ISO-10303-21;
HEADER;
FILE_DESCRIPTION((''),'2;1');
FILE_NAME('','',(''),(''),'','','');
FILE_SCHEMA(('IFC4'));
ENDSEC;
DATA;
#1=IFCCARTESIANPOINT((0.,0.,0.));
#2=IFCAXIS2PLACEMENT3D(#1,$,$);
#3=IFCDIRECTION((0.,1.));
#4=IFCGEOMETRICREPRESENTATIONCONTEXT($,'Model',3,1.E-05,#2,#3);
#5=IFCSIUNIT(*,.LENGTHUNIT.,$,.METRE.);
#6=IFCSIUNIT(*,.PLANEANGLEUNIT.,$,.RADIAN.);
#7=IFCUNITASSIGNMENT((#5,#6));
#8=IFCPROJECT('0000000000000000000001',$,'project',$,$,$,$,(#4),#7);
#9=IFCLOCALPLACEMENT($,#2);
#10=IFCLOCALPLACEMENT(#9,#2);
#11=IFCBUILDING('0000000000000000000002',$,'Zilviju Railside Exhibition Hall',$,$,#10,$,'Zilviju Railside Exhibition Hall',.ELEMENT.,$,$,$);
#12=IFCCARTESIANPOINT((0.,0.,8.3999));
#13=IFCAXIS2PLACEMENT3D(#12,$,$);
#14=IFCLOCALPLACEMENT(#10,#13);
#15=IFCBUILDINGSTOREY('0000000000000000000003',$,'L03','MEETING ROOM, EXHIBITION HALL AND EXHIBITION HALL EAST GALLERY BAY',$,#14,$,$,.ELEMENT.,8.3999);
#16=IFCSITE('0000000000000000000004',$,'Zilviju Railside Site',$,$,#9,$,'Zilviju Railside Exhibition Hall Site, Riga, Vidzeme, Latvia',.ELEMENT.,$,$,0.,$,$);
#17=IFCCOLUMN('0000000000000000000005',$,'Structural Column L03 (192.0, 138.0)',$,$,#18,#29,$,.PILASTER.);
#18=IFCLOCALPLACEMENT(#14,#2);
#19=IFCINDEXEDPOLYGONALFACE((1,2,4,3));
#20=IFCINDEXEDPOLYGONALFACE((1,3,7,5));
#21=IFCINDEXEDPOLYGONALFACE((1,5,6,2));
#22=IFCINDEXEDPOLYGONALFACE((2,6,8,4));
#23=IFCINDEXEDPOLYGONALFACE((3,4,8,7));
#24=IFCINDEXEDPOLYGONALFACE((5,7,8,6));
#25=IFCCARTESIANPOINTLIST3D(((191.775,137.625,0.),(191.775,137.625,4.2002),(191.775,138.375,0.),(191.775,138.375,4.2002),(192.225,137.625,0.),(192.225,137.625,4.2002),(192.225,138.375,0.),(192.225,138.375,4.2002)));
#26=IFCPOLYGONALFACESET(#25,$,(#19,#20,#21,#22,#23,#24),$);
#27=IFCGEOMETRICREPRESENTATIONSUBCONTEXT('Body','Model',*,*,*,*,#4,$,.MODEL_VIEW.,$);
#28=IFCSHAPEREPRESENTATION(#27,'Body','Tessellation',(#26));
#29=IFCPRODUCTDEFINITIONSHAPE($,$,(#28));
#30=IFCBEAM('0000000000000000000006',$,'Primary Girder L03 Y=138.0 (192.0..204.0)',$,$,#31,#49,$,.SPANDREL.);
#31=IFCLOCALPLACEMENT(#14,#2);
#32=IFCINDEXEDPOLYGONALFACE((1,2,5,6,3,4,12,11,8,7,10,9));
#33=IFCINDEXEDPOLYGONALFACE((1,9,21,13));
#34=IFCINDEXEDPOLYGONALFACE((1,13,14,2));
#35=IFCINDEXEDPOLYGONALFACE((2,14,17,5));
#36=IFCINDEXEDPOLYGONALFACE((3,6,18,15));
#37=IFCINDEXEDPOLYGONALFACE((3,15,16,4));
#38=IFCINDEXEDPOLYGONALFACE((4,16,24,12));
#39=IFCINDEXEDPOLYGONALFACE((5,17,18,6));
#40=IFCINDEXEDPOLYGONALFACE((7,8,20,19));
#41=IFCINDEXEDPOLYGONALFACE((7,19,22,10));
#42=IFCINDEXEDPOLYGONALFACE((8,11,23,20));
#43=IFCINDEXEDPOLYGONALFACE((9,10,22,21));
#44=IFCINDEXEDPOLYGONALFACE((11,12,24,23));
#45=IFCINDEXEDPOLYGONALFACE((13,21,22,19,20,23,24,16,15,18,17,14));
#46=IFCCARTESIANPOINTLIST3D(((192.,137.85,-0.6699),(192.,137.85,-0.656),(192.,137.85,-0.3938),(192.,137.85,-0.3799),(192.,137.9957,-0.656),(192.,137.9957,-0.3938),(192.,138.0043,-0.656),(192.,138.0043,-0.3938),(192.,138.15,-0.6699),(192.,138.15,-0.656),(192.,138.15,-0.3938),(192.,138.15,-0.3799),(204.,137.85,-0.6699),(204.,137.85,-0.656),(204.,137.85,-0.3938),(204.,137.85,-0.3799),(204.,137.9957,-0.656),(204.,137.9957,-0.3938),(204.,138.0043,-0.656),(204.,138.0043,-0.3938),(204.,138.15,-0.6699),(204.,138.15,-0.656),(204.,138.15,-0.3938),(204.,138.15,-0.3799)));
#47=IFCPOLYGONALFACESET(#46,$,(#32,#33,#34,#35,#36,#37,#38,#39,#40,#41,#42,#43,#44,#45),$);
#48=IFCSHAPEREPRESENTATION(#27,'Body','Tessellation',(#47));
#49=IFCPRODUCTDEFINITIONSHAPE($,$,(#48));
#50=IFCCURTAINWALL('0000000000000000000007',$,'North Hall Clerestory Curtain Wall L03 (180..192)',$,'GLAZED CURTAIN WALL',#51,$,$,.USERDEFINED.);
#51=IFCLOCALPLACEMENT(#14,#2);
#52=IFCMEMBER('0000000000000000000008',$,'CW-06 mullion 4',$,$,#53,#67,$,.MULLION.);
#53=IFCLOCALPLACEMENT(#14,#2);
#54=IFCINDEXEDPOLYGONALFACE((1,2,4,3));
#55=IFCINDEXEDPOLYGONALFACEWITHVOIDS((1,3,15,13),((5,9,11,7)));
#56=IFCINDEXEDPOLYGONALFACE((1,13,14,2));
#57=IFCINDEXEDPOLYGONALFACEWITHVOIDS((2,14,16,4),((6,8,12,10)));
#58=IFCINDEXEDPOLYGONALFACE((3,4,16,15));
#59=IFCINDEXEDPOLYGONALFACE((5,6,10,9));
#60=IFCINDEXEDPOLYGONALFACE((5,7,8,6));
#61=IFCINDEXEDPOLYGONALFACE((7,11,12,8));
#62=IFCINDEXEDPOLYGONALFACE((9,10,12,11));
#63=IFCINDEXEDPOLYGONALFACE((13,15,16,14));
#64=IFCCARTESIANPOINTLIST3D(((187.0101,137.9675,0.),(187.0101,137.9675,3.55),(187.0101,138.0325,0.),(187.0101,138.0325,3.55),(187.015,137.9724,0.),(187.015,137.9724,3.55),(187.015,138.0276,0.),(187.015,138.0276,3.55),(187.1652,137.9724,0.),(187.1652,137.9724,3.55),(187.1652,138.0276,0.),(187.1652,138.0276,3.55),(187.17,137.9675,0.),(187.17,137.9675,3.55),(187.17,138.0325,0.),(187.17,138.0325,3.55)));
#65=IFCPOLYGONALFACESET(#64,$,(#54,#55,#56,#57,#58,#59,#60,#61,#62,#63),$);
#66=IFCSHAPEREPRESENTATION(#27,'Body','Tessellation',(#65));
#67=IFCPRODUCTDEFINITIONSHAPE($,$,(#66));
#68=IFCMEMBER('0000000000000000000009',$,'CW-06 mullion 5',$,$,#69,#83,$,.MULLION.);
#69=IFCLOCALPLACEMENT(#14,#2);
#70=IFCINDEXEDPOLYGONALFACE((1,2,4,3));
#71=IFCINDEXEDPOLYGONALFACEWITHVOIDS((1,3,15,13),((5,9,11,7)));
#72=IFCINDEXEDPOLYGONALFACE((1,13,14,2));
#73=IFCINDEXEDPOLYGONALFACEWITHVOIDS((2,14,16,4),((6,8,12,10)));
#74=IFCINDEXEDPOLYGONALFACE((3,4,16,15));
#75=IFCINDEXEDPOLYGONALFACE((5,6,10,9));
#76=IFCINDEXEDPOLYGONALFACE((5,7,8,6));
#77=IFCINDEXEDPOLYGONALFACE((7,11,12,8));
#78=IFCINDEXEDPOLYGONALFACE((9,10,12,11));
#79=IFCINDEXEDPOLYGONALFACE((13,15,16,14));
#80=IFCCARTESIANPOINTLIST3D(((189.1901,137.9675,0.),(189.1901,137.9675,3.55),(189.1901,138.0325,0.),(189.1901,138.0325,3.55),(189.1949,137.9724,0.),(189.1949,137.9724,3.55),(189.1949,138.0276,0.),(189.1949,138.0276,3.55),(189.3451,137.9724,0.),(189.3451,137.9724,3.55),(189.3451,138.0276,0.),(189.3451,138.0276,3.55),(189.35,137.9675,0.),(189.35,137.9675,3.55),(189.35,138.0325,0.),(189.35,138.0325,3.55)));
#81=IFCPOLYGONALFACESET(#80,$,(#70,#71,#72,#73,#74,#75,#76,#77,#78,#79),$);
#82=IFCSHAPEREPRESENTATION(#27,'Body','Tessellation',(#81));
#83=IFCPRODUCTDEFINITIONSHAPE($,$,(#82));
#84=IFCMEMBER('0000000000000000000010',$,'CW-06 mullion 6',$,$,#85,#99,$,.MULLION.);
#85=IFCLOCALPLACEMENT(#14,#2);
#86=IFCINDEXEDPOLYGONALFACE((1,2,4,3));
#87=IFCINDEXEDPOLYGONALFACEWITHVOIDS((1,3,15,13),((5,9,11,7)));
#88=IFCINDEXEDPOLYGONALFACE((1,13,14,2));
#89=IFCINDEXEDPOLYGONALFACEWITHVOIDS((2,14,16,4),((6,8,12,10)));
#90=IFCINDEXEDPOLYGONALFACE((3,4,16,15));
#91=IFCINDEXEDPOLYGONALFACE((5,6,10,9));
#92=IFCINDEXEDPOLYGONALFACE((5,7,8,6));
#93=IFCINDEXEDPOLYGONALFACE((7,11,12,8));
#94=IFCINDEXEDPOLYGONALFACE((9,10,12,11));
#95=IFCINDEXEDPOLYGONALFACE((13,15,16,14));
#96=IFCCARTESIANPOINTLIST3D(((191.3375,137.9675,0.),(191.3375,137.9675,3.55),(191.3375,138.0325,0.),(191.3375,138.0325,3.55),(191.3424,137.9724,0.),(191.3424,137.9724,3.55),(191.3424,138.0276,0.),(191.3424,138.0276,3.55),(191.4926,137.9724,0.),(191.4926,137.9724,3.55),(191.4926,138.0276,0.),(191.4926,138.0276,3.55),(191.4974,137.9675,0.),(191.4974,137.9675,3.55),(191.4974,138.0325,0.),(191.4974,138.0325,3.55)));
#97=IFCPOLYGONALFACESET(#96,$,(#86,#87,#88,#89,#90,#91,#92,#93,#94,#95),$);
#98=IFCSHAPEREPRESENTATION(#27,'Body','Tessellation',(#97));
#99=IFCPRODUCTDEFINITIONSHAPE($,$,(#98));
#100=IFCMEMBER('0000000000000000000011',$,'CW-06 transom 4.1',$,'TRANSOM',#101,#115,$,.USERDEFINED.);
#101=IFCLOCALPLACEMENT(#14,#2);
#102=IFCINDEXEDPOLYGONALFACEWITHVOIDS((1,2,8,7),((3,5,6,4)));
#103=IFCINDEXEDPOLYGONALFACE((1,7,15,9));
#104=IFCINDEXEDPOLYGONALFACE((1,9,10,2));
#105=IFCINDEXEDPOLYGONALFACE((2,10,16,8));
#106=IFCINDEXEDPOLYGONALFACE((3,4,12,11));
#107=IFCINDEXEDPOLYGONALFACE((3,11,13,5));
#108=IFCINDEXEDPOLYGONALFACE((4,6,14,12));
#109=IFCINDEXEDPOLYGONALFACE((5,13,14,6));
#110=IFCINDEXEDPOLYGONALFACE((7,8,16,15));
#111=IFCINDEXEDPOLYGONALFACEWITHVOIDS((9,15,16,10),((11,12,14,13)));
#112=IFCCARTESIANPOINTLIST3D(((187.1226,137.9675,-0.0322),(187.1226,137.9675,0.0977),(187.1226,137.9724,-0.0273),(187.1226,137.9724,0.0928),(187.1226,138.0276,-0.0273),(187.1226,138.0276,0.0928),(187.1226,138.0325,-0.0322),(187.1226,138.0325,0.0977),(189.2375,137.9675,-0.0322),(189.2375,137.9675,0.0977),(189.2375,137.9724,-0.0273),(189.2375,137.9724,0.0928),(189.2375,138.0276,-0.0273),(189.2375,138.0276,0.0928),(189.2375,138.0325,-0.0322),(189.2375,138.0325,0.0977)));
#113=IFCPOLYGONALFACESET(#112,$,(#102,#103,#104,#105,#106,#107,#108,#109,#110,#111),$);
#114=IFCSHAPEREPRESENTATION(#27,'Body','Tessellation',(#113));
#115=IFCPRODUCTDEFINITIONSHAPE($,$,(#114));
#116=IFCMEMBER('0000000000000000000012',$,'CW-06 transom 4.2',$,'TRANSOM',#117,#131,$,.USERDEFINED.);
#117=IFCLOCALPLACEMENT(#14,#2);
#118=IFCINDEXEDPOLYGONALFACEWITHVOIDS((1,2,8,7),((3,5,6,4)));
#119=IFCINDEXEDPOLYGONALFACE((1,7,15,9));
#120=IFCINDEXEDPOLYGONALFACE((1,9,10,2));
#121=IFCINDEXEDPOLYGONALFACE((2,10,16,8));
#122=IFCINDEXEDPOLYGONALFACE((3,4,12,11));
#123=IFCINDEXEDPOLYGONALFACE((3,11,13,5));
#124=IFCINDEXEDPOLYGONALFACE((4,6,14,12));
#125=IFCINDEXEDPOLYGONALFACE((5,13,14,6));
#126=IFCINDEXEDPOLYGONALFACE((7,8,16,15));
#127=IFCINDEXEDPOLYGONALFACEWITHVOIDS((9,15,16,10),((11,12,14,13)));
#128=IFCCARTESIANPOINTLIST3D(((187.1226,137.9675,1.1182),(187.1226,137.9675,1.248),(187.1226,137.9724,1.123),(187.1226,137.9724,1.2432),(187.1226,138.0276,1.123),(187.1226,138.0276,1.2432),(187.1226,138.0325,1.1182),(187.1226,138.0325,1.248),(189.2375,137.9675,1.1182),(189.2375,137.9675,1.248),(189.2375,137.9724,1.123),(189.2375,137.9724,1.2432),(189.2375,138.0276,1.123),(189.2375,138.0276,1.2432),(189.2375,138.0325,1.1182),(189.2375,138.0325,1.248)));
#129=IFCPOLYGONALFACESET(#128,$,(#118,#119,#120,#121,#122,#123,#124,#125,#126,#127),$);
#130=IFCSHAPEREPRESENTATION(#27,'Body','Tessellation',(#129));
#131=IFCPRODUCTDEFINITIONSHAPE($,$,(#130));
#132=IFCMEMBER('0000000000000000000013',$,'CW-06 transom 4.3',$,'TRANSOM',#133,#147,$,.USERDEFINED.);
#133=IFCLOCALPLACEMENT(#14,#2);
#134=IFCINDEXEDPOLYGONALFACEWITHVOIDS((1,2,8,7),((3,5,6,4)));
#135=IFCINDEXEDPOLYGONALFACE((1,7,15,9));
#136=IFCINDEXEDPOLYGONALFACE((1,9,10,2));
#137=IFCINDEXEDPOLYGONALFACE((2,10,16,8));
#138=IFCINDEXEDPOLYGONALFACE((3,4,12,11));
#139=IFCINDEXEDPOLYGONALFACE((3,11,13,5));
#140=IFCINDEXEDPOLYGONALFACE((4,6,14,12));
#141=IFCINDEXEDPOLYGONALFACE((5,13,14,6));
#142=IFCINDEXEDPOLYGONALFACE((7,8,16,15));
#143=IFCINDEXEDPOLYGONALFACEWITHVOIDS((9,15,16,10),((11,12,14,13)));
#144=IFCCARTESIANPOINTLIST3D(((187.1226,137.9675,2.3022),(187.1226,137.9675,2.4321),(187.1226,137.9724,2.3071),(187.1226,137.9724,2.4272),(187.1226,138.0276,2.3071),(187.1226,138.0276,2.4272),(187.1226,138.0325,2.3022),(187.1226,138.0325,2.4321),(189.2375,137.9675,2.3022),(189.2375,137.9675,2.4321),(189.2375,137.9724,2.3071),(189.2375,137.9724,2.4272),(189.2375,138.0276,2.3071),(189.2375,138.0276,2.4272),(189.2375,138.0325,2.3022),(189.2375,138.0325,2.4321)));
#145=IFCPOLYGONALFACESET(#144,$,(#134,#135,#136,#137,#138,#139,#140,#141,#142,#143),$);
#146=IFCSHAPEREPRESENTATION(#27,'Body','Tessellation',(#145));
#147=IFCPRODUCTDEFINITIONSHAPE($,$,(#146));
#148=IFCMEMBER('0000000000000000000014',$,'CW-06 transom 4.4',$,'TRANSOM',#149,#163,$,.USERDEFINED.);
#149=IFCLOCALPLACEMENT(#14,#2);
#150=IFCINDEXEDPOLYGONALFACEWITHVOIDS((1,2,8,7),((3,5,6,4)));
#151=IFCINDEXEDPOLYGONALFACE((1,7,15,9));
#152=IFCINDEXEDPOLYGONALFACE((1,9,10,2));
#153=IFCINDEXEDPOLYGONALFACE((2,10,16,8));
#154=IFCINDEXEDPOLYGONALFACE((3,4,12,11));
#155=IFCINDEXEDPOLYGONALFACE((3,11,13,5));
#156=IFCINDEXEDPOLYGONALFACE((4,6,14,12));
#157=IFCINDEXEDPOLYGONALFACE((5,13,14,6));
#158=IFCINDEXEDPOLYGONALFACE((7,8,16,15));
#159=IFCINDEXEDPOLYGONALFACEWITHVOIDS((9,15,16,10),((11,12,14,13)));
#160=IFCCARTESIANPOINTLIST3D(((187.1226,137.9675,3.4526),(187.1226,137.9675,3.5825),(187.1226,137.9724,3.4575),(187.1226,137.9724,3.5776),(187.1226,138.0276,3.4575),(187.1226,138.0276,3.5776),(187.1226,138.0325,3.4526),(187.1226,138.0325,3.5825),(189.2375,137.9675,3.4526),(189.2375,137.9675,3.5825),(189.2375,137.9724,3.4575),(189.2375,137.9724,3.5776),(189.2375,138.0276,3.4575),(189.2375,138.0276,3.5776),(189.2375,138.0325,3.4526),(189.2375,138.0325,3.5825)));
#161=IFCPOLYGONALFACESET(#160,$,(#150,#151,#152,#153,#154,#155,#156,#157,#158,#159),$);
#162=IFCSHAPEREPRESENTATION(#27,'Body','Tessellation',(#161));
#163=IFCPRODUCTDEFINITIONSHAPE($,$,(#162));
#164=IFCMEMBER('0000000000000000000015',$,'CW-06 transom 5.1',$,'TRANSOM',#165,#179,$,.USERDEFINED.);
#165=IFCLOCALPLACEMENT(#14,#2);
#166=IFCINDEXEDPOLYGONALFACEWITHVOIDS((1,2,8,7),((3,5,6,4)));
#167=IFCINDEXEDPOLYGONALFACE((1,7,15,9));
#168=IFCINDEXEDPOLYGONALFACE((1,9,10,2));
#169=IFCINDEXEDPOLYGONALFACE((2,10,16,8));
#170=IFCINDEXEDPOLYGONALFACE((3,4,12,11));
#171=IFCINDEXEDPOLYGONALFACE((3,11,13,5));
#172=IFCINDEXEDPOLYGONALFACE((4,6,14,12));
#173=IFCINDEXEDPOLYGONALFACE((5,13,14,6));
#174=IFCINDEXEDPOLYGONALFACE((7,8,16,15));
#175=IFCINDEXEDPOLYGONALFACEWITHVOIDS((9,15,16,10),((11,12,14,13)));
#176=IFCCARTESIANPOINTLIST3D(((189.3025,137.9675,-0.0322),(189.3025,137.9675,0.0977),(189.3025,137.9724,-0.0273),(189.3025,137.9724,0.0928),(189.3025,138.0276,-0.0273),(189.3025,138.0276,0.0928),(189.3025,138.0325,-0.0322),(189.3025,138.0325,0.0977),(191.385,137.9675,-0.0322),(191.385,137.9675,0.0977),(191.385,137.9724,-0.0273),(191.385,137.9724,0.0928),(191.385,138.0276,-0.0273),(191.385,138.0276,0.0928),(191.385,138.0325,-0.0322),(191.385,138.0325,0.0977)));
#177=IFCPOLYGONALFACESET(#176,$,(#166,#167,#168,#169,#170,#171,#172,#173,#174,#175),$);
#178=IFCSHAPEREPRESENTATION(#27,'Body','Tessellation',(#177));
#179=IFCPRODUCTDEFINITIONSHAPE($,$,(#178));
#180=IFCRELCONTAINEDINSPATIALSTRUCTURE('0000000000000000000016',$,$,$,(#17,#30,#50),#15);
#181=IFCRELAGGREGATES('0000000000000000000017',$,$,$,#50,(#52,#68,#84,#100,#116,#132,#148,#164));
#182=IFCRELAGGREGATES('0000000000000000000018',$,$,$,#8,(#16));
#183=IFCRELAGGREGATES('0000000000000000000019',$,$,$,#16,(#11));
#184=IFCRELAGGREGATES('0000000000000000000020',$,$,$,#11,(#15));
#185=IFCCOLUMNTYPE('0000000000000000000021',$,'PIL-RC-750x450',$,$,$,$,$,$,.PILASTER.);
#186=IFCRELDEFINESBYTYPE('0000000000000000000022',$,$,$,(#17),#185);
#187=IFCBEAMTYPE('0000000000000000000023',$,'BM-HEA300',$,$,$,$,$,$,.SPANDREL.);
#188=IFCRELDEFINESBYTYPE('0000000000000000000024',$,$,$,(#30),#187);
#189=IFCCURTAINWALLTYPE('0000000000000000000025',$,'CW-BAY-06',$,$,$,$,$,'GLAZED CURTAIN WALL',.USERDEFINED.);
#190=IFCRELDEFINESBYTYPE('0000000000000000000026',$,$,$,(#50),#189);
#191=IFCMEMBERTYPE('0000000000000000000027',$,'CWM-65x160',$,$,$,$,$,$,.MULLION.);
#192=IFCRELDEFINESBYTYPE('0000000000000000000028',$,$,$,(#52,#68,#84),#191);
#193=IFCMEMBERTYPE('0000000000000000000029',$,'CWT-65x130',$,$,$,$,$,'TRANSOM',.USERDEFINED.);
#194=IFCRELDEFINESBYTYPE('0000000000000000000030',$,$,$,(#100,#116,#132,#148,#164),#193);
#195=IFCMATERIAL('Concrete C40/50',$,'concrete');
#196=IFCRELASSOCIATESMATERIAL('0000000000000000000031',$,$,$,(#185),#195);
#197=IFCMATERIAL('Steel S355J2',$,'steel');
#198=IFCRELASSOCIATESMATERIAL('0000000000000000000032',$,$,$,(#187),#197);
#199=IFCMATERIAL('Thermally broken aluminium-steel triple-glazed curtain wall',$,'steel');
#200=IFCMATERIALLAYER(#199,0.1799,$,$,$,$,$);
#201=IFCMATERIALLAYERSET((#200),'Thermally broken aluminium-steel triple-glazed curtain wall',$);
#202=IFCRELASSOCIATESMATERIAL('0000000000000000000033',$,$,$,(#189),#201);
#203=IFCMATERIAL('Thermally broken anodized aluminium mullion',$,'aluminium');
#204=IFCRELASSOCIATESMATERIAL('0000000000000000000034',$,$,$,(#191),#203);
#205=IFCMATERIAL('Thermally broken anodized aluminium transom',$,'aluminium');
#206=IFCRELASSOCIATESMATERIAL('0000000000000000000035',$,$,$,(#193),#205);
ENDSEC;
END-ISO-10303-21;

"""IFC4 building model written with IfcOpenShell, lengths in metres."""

from ifc_helpers import new_model, si_unit, direction, frame, origin, origin_2d, place, context, subcontext, project, spatial, rectangle, hollow_rectangle, i_section, extrude, material, layer, layer_set, material_profile, profile_set, type_object, element, aggregate, save


model = new_model("IFC4")

# Units and contexts
model_context = context("Model", 3, precision=1e-05, world=origin(), true_north=direction((0.0, 1.0)))
body_context = subcontext(model_context, "Body", "Model", "MODEL_VIEW")
ifc_project = project(units=[si_unit("LENGTHUNIT", "METRE"), si_unit("PLANEANGLEUNIT", "RADIAN")], contexts=[model_context])

# Site, building, storey
site_placement = place(None, origin())
site = spatial("IfcSite", under=ifc_project, at=site_placement, Name="Zilviju Railside Site", LongName="Zilviju Railside Exhibition Hall Site, Riga, Vidzeme, Latvia", CompositionType="ELEMENT", RefElevation=0.0)
building_placement = place(site_placement, origin())
building = spatial("IfcBuilding", under=site, at=building_placement, Name="Zilviju Railside Exhibition Hall", LongName="Zilviju Railside Exhibition Hall", CompositionType="ELEMENT")
storey_placement = place(building_placement, frame((0.0, 0.0, 8.3999)))
storey = spatial("IfcBuildingStorey", under=building, at=storey_placement, Name="L03", Description="MEETING ROOM, EXHIBITION HALL AND EXHIBITION HALL EAST GALLERY BAY", CompositionType="ELEMENT", Elevation=8.3999)

# Column
ifc_material_1 = material(Name="Concrete C40/50", Category="concrete")
ifc_material_profile_1 = material_profile(ifc_material_1, rectangle(XDim=0.45, YDim=0.75, at=origin_2d()), Name="RC COL 450x750")
ifc_profile_set_1 = profile_set([ifc_material_profile_1], Name="Concrete C40/50")
column_type = type_object("IfcColumnType", Name="PIL-RC-750x450", PredefinedType="PILASTER", material=ifc_profile_set_1)
column_placement = place(storey_placement, frame((192.0, 138.0, 0.0), z_axis=(0.0, 0.0, 1.0), x_axis=(1.0, 0.0, 0.0)))
element("IfcColumn", 1, at=column_placement, inside=storey, type_object=column_type, Name="Structural Column L03 (192.0, 138.0)", PredefinedType="PILASTER", context=body_context, shape_type="SweptSolid", body=[
    extrude(rectangle(XDim=0.45, YDim=0.75, at=origin_2d()), origin(), (0.0, 0.0, 1.0), 4.2002),
])

# Beam
ifc_material_2 = material(Name="Steel S355J2", Category="steel")
ifc_material_profile_2 = material_profile(ifc_material_2, i_section(OverallWidth=0.3, OverallDepth=0.29, WebThickness=0.0085, FlangeThickness=0.0139, at=origin_2d()), Name="HEA 300")
ifc_profile_set_2 = profile_set([ifc_material_profile_2], Name="Steel S355J2")
beam_type = type_object("IfcBeamType", Name="BM-HEA300", PredefinedType="SPANDREL", material=ifc_profile_set_2)
beam_placement = place(storey_placement, frame((192.0, 138.0, -0.5249), z_axis=(1.0, 0.0, 0.0), x_axis=(0.0, 1.0, 0.0)))
element("IfcBeam", 2, at=beam_placement, inside=storey, type_object=beam_type, Name="Primary Girder L03 Y=138.0 (192.0..204.0)", PredefinedType="SPANDREL", context=body_context, shape_type="SweptSolid", body=[
    extrude(i_section(OverallWidth=0.3, OverallDepth=0.29, WebThickness=0.0085, FlangeThickness=0.0139, at=origin_2d()), origin(), (0.0, 0.0, 1.0), 12.0),
])

# Curtain wall, members
ifc_material_3 = material(Name="Thermally broken aluminium-steel triple-glazed curtain wall", Category="steel")
ifc_layer_1 = layer(ifc_material_3, 0.1799)
ifc_layer_set_1 = layer_set([ifc_layer_1], Name="Thermally broken aluminium-steel triple-glazed curtain wall")
curtain_wall_type = type_object("IfcCurtainWallType", Name="CW-BAY-06", ElementType="GLAZED CURTAIN WALL", PredefinedType="USERDEFINED", material=ifc_layer_set_1)
curtain_wall_placement = place(storey_placement, origin())
curtain_wall = element("IfcCurtainWall", 3, at=curtain_wall_placement, inside=storey, type_object=curtain_wall_type, Name="North Hall Clerestory Curtain Wall L03 (180..192)", ObjectType="GLAZED CURTAIN WALL", PredefinedType="USERDEFINED")
ifc_material_4 = material(Name="Thermally broken anodized aluminium mullion", Category="aluminium")
ifc_material_profile_3 = material_profile(ifc_material_4, hollow_rectangle(XDim=0.0649, YDim=0.1599, WallThickness=0.0049, at=origin_2d()), Name="MULLION 160x65x5")
ifc_profile_set_3 = profile_set([ifc_material_profile_3], Name="Thermally broken anodized aluminium mullion")
member_type_1 = type_object("IfcMemberType", Name="CWM-65x160", PredefinedType="MULLION", material=ifc_profile_set_3)
member_1_placement = place(storey_placement, frame((187.0901, 138.0, 0.0), z_axis=(0.0, 0.0, 1.0), x_axis=(0.0, 1.0, 0.0)))
member_1 = element("IfcMember", 4, at=member_1_placement, type_object=member_type_1, Name="CW-06 mullion 4", PredefinedType="MULLION", context=body_context, shape_type="SweptSolid", body=[
    extrude(hollow_rectangle(XDim=0.0649, YDim=0.1599, WallThickness=0.0049, at=origin_2d()), origin(), (0.0, 0.0, 1.0), 3.55),
])
member_2_placement = place(storey_placement, frame((189.27, 138.0, 0.0), z_axis=(0.0, 0.0, 1.0), x_axis=(0.0, 1.0, 0.0)))
member_2 = element("IfcMember", 5, at=member_2_placement, type_object=member_type_1, Name="CW-06 mullion 5", PredefinedType="MULLION", context=body_context, shape_type="SweptSolid", body=[
    extrude(hollow_rectangle(XDim=0.0649, YDim=0.1599, WallThickness=0.0049, at=origin_2d()), origin(), (0.0, 0.0, 1.0), 3.55),
])
member_3_placement = place(storey_placement, frame((191.4175, 138.0, 0.0), z_axis=(0.0, 0.0, 1.0), x_axis=(0.0, 1.0, 0.0)))
member_3 = element("IfcMember", 6, at=member_3_placement, type_object=member_type_1, Name="CW-06 mullion 6", PredefinedType="MULLION", context=body_context, shape_type="SweptSolid", body=[
    extrude(hollow_rectangle(XDim=0.0649, YDim=0.1599, WallThickness=0.0049, at=origin_2d()), origin(), (0.0, 0.0, 1.0), 3.55),
])
ifc_material_5 = material(Name="Thermally broken anodized aluminium transom", Category="aluminium")
ifc_material_profile_4 = material_profile(ifc_material_5, hollow_rectangle(XDim=0.0649, YDim=0.1299, WallThickness=0.0049, at=origin_2d()), Name="TRANSOM 130x65x5")
ifc_profile_set_4 = profile_set([ifc_material_profile_4], Name="Thermally broken anodized aluminium transom")
member_type_2 = type_object("IfcMemberType", Name="CWT-65x130", ElementType="TRANSOM", PredefinedType="USERDEFINED", material=ifc_profile_set_4)
member_4_placement = place(storey_placement, frame((187.1226, 138.0, 0.0327), z_axis=(1.0, 0.0, 0.0), x_axis=(0.0, 1.0, 0.0)))
member_4 = element("IfcMember", 7, at=member_4_placement, type_object=member_type_2, Name="CW-06 transom 4.1", ObjectType="TRANSOM", PredefinedType="USERDEFINED", context=body_context, shape_type="SweptSolid", body=[
    extrude(hollow_rectangle(XDim=0.0649, YDim=0.1299, WallThickness=0.0049, at=origin_2d()), origin(), (0.0, 0.0, 1.0), 2.115),
])
member_5_placement = place(storey_placement, frame((187.1226, 138.0, 1.1831), z_axis=(1.0, 0.0, 0.0), x_axis=(0.0, 1.0, 0.0)))
member_5 = element("IfcMember", 8, at=member_5_placement, type_object=member_type_2, Name="CW-06 transom 4.2", ObjectType="TRANSOM", PredefinedType="USERDEFINED", context=body_context, shape_type="SweptSolid", body=[
    extrude(hollow_rectangle(XDim=0.0649, YDim=0.1299, WallThickness=0.0049, at=origin_2d()), origin(), (0.0, 0.0, 1.0), 2.115),
])
member_6_placement = place(storey_placement, frame((187.1226, 138.0, 2.3672), z_axis=(1.0, 0.0, 0.0), x_axis=(0.0, 1.0, 0.0)))
member_6 = element("IfcMember", 9, at=member_6_placement, type_object=member_type_2, Name="CW-06 transom 4.3", ObjectType="TRANSOM", PredefinedType="USERDEFINED", context=body_context, shape_type="SweptSolid", body=[
    extrude(hollow_rectangle(XDim=0.0649, YDim=0.1299, WallThickness=0.0049, at=origin_2d()), origin(), (0.0, 0.0, 1.0), 2.115),
])
member_7_placement = place(storey_placement, frame((187.1226, 138.0, 3.5176), z_axis=(1.0, 0.0, 0.0), x_axis=(0.0, 1.0, 0.0)))
member_7 = element("IfcMember", 10, at=member_7_placement, type_object=member_type_2, Name="CW-06 transom 4.4", ObjectType="TRANSOM", PredefinedType="USERDEFINED", context=body_context, shape_type="SweptSolid", body=[
    extrude(hollow_rectangle(XDim=0.0649, YDim=0.1299, WallThickness=0.0049, at=origin_2d()), origin(), (0.0, 0.0, 1.0), 2.115),
])
member_8_placement = place(storey_placement, frame((189.3025, 138.0, 0.0327), z_axis=(1.0, 0.0, 0.0), x_axis=(0.0, 1.0, 0.0)))
member_8 = element("IfcMember", 11, at=member_8_placement, type_object=member_type_2, Name="CW-06 transom 5.1", ObjectType="TRANSOM", PredefinedType="USERDEFINED", context=body_context, shape_type="SweptSolid", body=[
    extrude(hollow_rectangle(XDim=0.0649, YDim=0.1299, WallThickness=0.0049, at=origin_2d()), origin(), (0.0, 0.0, 1.0), 2.0825),
])
aggregate(curtain_wall, [member_1, member_2, member_3, member_4, member_5, member_6, member_7, member_8])

save(model, "model.ifc")
